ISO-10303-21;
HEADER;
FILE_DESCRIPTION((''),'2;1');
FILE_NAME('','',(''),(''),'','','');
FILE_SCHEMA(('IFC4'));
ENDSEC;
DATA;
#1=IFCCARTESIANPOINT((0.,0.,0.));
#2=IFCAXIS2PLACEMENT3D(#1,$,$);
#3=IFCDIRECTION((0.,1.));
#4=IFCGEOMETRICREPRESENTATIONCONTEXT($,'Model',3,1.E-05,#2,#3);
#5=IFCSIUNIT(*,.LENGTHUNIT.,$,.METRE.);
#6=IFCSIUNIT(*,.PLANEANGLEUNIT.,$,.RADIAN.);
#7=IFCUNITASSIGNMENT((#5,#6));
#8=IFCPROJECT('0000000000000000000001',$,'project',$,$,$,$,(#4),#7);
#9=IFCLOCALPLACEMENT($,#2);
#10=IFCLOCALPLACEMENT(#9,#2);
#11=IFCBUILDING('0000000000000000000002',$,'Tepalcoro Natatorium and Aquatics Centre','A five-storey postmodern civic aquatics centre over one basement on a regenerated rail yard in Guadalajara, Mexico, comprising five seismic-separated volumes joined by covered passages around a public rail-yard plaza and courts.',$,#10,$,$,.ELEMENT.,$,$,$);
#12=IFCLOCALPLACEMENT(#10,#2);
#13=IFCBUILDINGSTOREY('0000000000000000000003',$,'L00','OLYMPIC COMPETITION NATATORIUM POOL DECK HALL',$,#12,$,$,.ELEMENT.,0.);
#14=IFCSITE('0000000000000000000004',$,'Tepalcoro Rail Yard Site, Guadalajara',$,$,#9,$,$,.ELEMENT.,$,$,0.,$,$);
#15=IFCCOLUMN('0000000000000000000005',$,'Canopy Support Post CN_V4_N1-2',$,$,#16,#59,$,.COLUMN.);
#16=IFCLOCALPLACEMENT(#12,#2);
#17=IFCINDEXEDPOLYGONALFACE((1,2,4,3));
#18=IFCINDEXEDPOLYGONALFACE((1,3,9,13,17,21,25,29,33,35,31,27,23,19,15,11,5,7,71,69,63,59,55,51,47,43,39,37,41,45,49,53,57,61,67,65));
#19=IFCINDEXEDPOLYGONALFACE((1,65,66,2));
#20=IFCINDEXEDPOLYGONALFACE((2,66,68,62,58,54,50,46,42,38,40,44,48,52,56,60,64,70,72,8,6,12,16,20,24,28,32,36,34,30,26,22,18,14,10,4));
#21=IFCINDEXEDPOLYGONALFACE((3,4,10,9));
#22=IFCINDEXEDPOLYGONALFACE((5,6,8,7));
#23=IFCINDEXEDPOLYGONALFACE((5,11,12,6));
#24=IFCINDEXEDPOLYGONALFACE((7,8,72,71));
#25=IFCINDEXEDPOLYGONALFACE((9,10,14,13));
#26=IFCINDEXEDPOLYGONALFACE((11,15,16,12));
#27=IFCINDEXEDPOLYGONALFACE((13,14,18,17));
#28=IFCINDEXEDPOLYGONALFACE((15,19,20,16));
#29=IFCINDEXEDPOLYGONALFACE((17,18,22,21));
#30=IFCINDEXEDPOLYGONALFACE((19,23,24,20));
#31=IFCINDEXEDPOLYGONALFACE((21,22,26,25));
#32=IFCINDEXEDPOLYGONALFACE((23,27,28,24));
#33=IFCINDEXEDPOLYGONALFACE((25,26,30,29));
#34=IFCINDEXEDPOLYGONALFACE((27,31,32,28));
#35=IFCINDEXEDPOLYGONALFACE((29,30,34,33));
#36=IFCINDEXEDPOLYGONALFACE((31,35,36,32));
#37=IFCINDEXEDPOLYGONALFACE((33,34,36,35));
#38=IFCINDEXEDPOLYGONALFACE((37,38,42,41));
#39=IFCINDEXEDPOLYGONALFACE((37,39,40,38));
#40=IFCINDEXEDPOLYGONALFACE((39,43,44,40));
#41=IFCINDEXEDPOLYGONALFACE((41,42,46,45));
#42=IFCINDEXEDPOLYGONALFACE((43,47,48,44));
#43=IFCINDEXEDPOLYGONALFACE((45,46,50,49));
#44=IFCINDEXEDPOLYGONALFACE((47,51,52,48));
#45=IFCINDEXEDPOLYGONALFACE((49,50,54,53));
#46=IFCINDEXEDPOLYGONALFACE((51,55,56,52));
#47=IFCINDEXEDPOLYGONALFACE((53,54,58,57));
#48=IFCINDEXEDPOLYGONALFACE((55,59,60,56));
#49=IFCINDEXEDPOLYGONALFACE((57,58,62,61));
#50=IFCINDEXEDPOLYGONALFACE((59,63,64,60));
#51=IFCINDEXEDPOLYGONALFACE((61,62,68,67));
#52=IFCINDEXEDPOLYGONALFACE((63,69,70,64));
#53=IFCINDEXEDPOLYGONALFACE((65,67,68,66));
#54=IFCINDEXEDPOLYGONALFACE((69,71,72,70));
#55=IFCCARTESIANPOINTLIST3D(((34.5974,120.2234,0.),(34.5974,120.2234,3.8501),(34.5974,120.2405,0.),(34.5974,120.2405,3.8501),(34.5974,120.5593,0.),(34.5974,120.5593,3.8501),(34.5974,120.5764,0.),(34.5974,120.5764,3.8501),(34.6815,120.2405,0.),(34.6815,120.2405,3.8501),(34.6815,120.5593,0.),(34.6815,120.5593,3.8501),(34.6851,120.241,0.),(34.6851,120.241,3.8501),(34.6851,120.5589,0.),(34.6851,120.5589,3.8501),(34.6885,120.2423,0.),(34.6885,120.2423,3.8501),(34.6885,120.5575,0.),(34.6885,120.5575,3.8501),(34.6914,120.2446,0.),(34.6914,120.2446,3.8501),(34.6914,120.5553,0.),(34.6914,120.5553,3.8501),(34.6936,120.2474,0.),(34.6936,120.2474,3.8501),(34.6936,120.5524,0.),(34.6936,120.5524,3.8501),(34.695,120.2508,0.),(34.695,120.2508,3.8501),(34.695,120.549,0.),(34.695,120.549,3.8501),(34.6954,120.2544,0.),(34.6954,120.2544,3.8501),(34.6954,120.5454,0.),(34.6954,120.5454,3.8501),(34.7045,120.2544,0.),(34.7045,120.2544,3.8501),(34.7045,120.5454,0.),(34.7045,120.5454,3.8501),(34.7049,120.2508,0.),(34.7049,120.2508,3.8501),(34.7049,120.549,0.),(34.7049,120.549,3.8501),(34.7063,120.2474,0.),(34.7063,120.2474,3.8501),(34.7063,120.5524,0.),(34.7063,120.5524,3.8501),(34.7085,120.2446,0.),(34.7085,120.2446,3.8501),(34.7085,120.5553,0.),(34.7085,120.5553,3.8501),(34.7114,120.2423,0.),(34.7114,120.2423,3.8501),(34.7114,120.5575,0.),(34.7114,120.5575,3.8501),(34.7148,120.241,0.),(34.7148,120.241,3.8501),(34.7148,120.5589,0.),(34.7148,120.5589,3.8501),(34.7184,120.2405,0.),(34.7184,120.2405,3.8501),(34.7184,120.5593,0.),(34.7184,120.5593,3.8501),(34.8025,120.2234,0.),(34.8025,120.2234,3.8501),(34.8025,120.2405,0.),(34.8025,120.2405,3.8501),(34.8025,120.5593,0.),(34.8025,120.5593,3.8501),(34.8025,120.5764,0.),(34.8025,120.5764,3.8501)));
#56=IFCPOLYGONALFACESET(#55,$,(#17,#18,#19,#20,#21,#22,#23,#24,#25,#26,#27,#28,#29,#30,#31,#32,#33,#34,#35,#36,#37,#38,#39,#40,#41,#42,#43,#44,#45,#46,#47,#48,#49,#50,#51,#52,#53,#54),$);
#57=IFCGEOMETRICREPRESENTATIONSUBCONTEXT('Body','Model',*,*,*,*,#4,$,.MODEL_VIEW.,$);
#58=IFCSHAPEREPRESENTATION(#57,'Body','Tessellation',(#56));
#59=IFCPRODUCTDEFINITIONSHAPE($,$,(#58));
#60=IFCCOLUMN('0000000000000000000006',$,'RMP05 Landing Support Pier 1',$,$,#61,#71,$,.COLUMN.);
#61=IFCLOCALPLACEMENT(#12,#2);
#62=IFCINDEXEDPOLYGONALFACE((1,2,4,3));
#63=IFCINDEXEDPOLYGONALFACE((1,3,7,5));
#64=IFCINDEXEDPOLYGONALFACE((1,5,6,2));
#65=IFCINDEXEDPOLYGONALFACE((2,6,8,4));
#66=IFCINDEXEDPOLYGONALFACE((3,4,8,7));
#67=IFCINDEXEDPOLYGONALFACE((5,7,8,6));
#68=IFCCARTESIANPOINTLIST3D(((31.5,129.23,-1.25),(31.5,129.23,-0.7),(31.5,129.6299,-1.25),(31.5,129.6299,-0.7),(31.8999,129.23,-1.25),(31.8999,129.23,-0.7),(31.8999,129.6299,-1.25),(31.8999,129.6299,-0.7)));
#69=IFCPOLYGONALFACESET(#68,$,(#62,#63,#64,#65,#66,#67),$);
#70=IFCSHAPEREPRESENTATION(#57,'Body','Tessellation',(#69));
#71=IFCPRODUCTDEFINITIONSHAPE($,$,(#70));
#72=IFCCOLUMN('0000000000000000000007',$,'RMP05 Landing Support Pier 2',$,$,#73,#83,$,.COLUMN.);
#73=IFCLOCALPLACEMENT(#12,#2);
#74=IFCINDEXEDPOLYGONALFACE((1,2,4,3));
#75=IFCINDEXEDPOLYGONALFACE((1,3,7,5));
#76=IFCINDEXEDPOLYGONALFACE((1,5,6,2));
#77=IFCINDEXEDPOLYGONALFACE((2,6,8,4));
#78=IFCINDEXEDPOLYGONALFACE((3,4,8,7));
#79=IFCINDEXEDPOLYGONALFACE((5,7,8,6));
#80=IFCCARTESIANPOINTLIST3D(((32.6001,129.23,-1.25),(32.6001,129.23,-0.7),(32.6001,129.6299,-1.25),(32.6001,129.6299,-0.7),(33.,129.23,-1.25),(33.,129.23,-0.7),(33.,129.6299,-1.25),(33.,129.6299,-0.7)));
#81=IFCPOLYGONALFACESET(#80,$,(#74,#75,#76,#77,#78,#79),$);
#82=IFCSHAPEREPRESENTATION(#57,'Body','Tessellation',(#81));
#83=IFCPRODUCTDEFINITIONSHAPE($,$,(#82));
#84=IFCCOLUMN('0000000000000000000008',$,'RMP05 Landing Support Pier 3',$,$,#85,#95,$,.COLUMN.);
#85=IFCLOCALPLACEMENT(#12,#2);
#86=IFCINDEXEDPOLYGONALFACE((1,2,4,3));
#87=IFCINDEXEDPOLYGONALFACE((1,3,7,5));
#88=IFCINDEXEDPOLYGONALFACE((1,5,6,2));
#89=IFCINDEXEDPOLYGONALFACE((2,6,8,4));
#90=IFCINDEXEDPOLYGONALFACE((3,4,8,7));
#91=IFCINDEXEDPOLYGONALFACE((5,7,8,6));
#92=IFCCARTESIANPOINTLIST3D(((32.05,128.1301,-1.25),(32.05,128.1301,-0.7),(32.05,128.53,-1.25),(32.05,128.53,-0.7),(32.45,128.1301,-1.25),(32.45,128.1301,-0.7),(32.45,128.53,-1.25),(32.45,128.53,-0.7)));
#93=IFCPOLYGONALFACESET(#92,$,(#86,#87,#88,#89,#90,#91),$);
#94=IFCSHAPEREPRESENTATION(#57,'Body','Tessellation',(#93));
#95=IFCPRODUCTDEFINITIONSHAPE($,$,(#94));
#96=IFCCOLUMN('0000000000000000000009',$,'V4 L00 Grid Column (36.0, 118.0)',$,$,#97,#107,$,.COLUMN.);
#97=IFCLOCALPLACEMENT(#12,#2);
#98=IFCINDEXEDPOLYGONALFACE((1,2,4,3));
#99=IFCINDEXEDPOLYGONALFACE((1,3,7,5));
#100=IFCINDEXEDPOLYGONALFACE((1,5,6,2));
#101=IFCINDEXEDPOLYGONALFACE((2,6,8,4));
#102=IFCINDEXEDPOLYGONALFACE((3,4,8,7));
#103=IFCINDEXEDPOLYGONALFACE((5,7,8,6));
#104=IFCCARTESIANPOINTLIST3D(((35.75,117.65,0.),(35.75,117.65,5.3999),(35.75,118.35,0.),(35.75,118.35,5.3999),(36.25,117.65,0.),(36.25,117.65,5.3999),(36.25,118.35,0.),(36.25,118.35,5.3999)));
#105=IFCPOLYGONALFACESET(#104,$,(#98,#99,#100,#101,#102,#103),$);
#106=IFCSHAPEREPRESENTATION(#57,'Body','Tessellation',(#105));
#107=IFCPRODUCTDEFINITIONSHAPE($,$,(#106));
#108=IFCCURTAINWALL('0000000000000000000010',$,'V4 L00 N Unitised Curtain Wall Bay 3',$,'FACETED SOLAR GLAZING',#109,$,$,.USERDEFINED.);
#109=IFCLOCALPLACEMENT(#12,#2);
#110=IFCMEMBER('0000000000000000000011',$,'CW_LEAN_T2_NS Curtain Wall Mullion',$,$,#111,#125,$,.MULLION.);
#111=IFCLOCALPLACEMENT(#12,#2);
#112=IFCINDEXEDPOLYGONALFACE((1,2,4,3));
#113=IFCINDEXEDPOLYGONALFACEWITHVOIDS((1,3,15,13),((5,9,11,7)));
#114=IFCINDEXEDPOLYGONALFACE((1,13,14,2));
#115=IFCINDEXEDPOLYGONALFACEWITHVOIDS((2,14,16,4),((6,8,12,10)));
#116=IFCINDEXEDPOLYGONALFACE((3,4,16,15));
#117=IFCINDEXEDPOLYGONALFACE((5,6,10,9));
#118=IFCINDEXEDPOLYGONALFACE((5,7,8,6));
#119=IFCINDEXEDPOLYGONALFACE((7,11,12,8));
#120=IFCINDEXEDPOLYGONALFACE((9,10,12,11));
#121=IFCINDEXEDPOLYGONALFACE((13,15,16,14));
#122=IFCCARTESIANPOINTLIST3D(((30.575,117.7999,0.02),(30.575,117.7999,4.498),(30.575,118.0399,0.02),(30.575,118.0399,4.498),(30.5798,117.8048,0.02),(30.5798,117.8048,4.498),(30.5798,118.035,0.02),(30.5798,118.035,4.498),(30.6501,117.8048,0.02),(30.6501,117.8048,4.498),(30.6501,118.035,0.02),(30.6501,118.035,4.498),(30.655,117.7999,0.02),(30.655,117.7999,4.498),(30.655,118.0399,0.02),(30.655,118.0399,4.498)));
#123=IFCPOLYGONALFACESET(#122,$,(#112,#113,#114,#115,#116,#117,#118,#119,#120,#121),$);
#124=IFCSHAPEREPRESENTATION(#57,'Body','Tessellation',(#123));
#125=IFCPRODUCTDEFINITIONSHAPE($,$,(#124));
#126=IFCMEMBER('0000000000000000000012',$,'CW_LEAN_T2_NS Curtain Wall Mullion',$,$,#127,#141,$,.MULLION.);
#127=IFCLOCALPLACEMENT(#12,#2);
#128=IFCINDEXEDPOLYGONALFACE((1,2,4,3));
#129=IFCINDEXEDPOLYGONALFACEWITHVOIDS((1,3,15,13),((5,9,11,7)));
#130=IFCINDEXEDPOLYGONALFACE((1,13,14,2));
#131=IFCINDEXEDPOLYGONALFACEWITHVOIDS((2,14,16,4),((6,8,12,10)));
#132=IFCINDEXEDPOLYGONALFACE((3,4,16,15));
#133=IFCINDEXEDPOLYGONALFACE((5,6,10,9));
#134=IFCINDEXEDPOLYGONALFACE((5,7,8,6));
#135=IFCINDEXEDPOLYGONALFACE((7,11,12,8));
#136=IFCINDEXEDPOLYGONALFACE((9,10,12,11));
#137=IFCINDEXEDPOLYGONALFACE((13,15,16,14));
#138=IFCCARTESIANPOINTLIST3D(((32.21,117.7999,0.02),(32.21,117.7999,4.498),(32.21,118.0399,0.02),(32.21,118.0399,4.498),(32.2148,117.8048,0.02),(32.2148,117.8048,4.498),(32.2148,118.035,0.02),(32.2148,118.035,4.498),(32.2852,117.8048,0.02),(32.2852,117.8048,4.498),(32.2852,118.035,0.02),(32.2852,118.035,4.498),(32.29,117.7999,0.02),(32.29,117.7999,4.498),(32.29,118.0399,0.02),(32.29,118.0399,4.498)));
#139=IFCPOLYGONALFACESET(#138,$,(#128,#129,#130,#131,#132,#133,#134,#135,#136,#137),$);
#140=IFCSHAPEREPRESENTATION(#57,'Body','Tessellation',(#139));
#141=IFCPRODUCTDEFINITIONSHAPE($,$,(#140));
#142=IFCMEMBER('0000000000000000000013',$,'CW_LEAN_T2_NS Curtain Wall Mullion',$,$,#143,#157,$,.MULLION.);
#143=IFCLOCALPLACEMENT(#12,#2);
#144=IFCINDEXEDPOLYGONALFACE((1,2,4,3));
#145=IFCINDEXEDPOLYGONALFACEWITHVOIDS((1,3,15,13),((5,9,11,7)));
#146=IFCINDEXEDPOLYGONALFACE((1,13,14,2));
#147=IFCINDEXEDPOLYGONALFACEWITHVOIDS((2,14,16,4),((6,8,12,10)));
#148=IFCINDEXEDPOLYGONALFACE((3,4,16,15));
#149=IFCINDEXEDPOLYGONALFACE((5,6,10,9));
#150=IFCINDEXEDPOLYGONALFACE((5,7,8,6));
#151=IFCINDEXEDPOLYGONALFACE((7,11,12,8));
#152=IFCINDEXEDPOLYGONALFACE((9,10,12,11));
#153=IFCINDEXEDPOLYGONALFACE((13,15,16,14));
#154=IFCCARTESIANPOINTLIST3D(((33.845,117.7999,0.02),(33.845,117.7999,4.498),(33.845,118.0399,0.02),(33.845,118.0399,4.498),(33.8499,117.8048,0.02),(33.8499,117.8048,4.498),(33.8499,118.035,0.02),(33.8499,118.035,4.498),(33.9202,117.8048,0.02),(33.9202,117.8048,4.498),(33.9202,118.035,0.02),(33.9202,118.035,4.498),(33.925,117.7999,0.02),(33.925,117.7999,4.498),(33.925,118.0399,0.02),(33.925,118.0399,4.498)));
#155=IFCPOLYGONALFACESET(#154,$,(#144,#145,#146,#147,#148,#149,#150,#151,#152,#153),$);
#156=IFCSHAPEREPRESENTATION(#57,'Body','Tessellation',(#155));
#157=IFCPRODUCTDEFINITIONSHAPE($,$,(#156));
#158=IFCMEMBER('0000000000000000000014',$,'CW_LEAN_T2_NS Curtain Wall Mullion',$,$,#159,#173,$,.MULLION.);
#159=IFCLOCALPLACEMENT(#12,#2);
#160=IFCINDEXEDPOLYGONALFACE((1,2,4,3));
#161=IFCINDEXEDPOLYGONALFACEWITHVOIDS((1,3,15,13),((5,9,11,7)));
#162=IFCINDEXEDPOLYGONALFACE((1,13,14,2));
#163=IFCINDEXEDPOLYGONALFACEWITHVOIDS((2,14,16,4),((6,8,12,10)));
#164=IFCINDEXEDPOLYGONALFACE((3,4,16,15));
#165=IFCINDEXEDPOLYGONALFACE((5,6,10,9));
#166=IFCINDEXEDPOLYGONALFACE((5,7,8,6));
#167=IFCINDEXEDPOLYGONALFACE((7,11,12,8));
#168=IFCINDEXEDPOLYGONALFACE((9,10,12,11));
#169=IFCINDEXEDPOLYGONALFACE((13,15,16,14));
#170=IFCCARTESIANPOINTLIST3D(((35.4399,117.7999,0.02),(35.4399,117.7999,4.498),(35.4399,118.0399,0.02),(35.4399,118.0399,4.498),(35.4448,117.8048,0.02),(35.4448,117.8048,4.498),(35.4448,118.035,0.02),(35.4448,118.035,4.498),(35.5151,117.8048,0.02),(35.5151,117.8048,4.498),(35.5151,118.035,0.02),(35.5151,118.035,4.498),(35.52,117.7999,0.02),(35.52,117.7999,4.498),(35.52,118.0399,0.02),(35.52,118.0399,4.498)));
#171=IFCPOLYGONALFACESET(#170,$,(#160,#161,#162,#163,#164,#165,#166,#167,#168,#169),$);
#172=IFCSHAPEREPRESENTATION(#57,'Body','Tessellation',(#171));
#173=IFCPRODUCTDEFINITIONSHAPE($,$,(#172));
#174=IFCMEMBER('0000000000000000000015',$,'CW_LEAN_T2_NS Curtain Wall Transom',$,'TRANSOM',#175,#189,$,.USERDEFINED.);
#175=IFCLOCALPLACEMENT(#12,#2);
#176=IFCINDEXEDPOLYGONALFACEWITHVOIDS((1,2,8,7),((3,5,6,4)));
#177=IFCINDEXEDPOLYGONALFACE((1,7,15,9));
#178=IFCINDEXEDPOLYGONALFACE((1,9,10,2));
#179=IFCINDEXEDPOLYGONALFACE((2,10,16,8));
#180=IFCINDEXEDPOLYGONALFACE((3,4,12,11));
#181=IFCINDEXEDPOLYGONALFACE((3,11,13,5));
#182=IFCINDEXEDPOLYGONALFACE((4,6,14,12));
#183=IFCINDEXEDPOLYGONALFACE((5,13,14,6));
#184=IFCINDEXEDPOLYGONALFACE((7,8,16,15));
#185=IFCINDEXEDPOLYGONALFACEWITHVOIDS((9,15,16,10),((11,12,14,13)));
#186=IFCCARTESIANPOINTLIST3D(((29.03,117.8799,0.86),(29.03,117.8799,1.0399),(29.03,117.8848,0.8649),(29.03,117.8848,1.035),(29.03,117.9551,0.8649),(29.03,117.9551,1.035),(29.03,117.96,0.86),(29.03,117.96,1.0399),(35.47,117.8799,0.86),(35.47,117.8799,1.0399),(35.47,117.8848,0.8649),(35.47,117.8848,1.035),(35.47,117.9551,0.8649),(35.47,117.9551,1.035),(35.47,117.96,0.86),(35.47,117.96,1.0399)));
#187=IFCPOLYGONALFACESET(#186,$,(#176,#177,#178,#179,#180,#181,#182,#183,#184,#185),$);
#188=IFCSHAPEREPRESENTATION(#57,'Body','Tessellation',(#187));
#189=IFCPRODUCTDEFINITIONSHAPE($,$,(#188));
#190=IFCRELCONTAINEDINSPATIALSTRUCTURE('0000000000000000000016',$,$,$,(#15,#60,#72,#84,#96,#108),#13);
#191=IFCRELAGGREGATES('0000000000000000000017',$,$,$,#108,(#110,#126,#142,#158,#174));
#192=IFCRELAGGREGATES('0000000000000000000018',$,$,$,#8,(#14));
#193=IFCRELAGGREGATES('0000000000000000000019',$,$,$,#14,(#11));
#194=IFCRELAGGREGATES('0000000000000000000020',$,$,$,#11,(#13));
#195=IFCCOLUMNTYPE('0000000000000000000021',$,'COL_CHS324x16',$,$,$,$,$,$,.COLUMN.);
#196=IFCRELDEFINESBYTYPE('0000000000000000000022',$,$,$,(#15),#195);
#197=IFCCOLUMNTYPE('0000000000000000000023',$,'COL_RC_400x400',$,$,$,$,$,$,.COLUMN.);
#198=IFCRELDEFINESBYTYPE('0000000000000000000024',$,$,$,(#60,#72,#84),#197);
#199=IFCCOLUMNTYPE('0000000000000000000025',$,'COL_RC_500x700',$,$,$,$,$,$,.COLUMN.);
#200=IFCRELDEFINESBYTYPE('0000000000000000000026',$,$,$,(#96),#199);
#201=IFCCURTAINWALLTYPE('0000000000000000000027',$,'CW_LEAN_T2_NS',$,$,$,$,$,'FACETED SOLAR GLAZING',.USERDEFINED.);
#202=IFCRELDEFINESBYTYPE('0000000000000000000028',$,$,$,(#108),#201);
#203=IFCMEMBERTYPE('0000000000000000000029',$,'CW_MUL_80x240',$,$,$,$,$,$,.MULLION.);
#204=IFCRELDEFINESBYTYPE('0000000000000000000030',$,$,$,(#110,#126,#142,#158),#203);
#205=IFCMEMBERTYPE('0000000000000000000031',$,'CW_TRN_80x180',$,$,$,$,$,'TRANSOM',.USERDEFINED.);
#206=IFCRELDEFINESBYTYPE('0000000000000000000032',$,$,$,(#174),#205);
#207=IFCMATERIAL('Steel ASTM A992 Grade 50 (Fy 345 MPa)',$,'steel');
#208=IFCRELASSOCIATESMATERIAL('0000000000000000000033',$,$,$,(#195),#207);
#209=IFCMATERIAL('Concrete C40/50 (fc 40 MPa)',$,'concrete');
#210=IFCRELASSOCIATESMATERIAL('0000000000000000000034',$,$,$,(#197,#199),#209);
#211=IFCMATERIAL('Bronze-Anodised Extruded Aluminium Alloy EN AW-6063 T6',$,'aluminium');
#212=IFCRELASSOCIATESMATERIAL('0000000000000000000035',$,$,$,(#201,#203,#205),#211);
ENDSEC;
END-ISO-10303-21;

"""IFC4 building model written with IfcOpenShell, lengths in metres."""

from ifc_helpers import new_model, si_unit, direction, frame, origin, origin_2d, place, context, subcontext, project, spatial, rectangle, hollow_rectangle, i_section, extrude, material, material_profile, profile_set, type_object, element, aggregate, save


model = new_model("IFC4")

# Units and contexts
model_context = context("Model", 3, precision=1e-05, world=origin(), true_north=direction((0.0, 1.0)))
body_context = subcontext(model_context, "Body", "Model", "MODEL_VIEW")
ifc_project = project(units=[si_unit("LENGTHUNIT", "METRE"), si_unit("PLANEANGLEUNIT", "RADIAN")], contexts=[model_context])

# Site, building, storey
site_placement = place(None, origin())
site = spatial("IfcSite", under=ifc_project, at=site_placement, Name="Tepalcoro Rail Yard Site, Guadalajara", CompositionType="ELEMENT", RefElevation=0.0)
building_placement = place(site_placement, origin())
building = spatial("IfcBuilding", under=site, at=building_placement, Name="Tepalcoro Natatorium and Aquatics Centre", Description="A five-storey postmodern civic aquatics centre over one basement on a regenerated rail yard in Guadalajara, Mexico, comprising five seismic-separated volumes joined by covered passages around a public rail-yard plaza and courts.", CompositionType="ELEMENT")
storey_placement = place(building_placement, origin())
storey = spatial("IfcBuildingStorey", under=building, at=storey_placement, Name="L00", Description="OLYMPIC COMPETITION NATATORIUM POOL DECK HALL", CompositionType="ELEMENT", Elevation=0.0)

# Shared definitions
ifc_material_1 = material(Name="Concrete C40/50 (fc 40 MPa)", Category="concrete")

# Columns
ifc_material_2 = material(Name="Steel ASTM A992 Grade 50 (Fy 345 MPa)", Category="steel")
ifc_material_profile_1 = material_profile(ifc_material_2, i_section(OverallWidth=0.2051, OverallDepth=0.353, WebThickness=0.009, FlangeThickness=0.0171, FilletRadius=0.0139, at=origin_2d()), Name="W14X53")
ifc_profile_set_1 = profile_set([ifc_material_profile_1], Name="Steel ASTM A992 Grade 50 (Fy 345 MPa)")
column_type_1 = type_object("IfcColumnType", Name="COL_CHS324x16", PredefinedType="COLUMN", material=ifc_profile_set_1)
for number, where, z_axis, x_axis, name in (
    (1, (34.7, 120.3999, 0.0), (0.0, 0.0, 1.0), (1.0, 0.0, 0.0), "Canopy Support Post CN_V4_N1-2"),
):
    element("IfcColumn", number, at=place(storey_placement, frame(where, z_axis=z_axis, x_axis=x_axis)), inside=storey, type_object=column_type_1, Name=name, PredefinedType="COLUMN", context=body_context, shape_type="SweptSolid", body=[
        extrude(i_section(OverallWidth=0.2051, OverallDepth=0.353, WebThickness=0.009, FlangeThickness=0.0171, FilletRadius=0.0139, at=origin_2d()), origin(), (0.0, 0.0, 1.0), 3.8501),
    ])
ifc_material_profile_2 = material_profile(ifc_material_1, rectangle(XDim=0.3999, YDim=0.3999, at=origin_2d()), Name="RC400x400")
ifc_profile_set_2 = profile_set([ifc_material_profile_2], Name="Concrete C40/50 (fc 40 MPa)")
column_type_2 = type_object("IfcColumnType", Name="COL_RC_400x400", PredefinedType="COLUMN", material=ifc_profile_set_2)
for number, where, z_axis, x_axis, name in (
    (2, (31.7, 129.4299, -1.25), (0.0, 0.0, 1.0), (1.0, 0.0, 0.0), "RMP05 Landing Support Pier 1"),
    (3, (32.8, 129.4299, -1.25), (0.0, 0.0, 1.0), (1.0, 0.0, 0.0), "RMP05 Landing Support Pier 2"),
    (4, (32.25, 128.3301, -1.25), (0.0, 0.0, 1.0), (1.0, 0.0, 0.0), "RMP05 Landing Support Pier 3"),
):
    element("IfcColumn", number, at=place(storey_placement, frame(where, z_axis=z_axis, x_axis=x_axis)), inside=storey, type_object=column_type_2, Name=name, PredefinedType="COLUMN", context=body_context, shape_type="SweptSolid", body=[
        extrude(rectangle(XDim=0.3999, YDim=0.3999, at=origin_2d()), origin(), (0.0, 0.0, 1.0), 0.55),
    ])
ifc_material_profile_3 = material_profile(ifc_material_1, rectangle(XDim=0.5, YDim=0.7, at=origin_2d()), Name="RC500x700")
ifc_profile_set_3 = profile_set([ifc_material_profile_3], Name="Concrete C40/50 (fc 40 MPa)")
column_type_3 = type_object("IfcColumnType", Name="COL_RC_500x700", PredefinedType="COLUMN", material=ifc_profile_set_3)
column_placement = place(storey_placement, frame((36.0, 118.0, 0.0), z_axis=(0.0, 0.0, 1.0), x_axis=(1.0, 0.0, 0.0)))
element("IfcColumn", 5, at=column_placement, inside=storey, type_object=column_type_3, Name="V4 L00 Grid Column (36.0, 118.0)", PredefinedType="COLUMN", context=body_context, shape_type="SweptSolid", body=[
    extrude(rectangle(XDim=0.5, YDim=0.7, at=origin_2d()), origin(), (0.0, 0.0, 1.0), 5.3999),
])

# Curtain wall, members
ifc_material_3 = material(Name="Bronze-Anodised Extruded Aluminium Alloy EN AW-6063 T6", Category="aluminium")
curtain_wall_type = type_object("IfcCurtainWallType", Name="CW_LEAN_T2_NS", ElementType="FACETED SOLAR GLAZING", PredefinedType="USERDEFINED", material=ifc_material_3)
curtain_wall_placement = place(storey_placement, origin())
curtain_wall = element("IfcCurtainWall", 6, at=curtain_wall_placement, inside=storey, type_object=curtain_wall_type, Name="V4 L00 N Unitised Curtain Wall Bay 3", ObjectType="FACETED SOLAR GLAZING", PredefinedType="USERDEFINED")
ifc_material_profile_4 = material_profile(ifc_material_3, hollow_rectangle(XDim=0.0801, YDim=0.24, WallThickness=0.0049, at=origin_2d()), Name="AL80X240X5")
ifc_profile_set_4 = profile_set([ifc_material_profile_4], Name="Bronze-Anodised Extruded Aluminium Alloy EN AW-6063 T6")
member_type_1 = type_object("IfcMemberType", Name="CW_MUL_80x240", PredefinedType="MULLION", material=ifc_profile_set_4)
member_1_placement = place(storey_placement, frame((30.615, 117.9199, 0.02), z_axis=(0.0, 0.0, 1.0), x_axis=(1.0, 0.0, 0.0)))
member_1 = element("IfcMember", 7, at=member_1_placement, type_object=member_type_1, Name="CW_LEAN_T2_NS Curtain Wall Mullion", PredefinedType="MULLION", context=body_context, shape_type="SweptSolid", body=[
    extrude(hollow_rectangle(XDim=0.0801, YDim=0.24, WallThickness=0.0049, at=origin_2d()), origin(), (0.0, 0.0, 1.0), 4.478),
])
member_2_placement = place(storey_placement, frame((32.25, 117.9199, 0.02), z_axis=(0.0, 0.0, 1.0), x_axis=(1.0, 0.0, 0.0)))
member_2 = element("IfcMember", 8, at=member_2_placement, type_object=member_type_1, Name="CW_LEAN_T2_NS Curtain Wall Mullion", PredefinedType="MULLION", context=body_context, shape_type="SweptSolid", body=[
    extrude(hollow_rectangle(XDim=0.0801, YDim=0.24, WallThickness=0.0049, at=origin_2d()), origin(), (0.0, 0.0, 1.0), 4.478),
])
member_3_placement = place(storey_placement, frame((33.885, 117.9199, 0.02), z_axis=(0.0, 0.0, 1.0), x_axis=(1.0, 0.0, 0.0)))
member_3 = element("IfcMember", 9, at=member_3_placement, type_object=member_type_1, Name="CW_LEAN_T2_NS Curtain Wall Mullion", PredefinedType="MULLION", context=body_context, shape_type="SweptSolid", body=[
    extrude(hollow_rectangle(XDim=0.0801, YDim=0.24, WallThickness=0.0049, at=origin_2d()), origin(), (0.0, 0.0, 1.0), 4.478),
])
member_4_placement = place(storey_placement, frame((35.48, 117.9199, 0.02), z_axis=(0.0, 0.0, 1.0), x_axis=(1.0, 0.0, 0.0)))
member_4 = element("IfcMember", 10, at=member_4_placement, type_object=member_type_1, Name="CW_LEAN_T2_NS Curtain Wall Mullion", PredefinedType="MULLION", context=body_context, shape_type="SweptSolid", body=[
    extrude(hollow_rectangle(XDim=0.0801, YDim=0.24, WallThickness=0.0049, at=origin_2d()), origin(), (0.0, 0.0, 1.0), 4.478),
])
ifc_material_profile_5 = material_profile(ifc_material_3, hollow_rectangle(XDim=0.0801, YDim=0.1799, WallThickness=0.0049, at=origin_2d()), Name="AL80X180X5")
ifc_profile_set_5 = profile_set([ifc_material_profile_5], Name="Bronze-Anodised Extruded Aluminium Alloy EN AW-6063 T6")
member_type_2 = type_object("IfcMemberType", Name="CW_TRN_80x180", ElementType="TRANSOM", PredefinedType="USERDEFINED", material=ifc_profile_set_5)
member_5_placement = place(storey_placement, frame((29.03, 117.9199, 0.95), z_axis=(1.0, 0.0, 0.0), x_axis=(0.0, 1.0, 0.0)))
member_5 = element("IfcMember", 11, at=member_5_placement, type_object=member_type_2, Name="CW_LEAN_T2_NS Curtain Wall Transom", ObjectType="TRANSOM", PredefinedType="USERDEFINED", context=body_context, shape_type="SweptSolid", body=[
    extrude(hollow_rectangle(XDim=0.0801, YDim=0.1799, WallThickness=0.0049, at=origin_2d()), origin(), (0.0, 0.0, 1.0), 6.4399),
])

aggregate(curtain_wall, [member_1, member_2, member_3, member_4, member_5])

save(model, "model.ifc")
